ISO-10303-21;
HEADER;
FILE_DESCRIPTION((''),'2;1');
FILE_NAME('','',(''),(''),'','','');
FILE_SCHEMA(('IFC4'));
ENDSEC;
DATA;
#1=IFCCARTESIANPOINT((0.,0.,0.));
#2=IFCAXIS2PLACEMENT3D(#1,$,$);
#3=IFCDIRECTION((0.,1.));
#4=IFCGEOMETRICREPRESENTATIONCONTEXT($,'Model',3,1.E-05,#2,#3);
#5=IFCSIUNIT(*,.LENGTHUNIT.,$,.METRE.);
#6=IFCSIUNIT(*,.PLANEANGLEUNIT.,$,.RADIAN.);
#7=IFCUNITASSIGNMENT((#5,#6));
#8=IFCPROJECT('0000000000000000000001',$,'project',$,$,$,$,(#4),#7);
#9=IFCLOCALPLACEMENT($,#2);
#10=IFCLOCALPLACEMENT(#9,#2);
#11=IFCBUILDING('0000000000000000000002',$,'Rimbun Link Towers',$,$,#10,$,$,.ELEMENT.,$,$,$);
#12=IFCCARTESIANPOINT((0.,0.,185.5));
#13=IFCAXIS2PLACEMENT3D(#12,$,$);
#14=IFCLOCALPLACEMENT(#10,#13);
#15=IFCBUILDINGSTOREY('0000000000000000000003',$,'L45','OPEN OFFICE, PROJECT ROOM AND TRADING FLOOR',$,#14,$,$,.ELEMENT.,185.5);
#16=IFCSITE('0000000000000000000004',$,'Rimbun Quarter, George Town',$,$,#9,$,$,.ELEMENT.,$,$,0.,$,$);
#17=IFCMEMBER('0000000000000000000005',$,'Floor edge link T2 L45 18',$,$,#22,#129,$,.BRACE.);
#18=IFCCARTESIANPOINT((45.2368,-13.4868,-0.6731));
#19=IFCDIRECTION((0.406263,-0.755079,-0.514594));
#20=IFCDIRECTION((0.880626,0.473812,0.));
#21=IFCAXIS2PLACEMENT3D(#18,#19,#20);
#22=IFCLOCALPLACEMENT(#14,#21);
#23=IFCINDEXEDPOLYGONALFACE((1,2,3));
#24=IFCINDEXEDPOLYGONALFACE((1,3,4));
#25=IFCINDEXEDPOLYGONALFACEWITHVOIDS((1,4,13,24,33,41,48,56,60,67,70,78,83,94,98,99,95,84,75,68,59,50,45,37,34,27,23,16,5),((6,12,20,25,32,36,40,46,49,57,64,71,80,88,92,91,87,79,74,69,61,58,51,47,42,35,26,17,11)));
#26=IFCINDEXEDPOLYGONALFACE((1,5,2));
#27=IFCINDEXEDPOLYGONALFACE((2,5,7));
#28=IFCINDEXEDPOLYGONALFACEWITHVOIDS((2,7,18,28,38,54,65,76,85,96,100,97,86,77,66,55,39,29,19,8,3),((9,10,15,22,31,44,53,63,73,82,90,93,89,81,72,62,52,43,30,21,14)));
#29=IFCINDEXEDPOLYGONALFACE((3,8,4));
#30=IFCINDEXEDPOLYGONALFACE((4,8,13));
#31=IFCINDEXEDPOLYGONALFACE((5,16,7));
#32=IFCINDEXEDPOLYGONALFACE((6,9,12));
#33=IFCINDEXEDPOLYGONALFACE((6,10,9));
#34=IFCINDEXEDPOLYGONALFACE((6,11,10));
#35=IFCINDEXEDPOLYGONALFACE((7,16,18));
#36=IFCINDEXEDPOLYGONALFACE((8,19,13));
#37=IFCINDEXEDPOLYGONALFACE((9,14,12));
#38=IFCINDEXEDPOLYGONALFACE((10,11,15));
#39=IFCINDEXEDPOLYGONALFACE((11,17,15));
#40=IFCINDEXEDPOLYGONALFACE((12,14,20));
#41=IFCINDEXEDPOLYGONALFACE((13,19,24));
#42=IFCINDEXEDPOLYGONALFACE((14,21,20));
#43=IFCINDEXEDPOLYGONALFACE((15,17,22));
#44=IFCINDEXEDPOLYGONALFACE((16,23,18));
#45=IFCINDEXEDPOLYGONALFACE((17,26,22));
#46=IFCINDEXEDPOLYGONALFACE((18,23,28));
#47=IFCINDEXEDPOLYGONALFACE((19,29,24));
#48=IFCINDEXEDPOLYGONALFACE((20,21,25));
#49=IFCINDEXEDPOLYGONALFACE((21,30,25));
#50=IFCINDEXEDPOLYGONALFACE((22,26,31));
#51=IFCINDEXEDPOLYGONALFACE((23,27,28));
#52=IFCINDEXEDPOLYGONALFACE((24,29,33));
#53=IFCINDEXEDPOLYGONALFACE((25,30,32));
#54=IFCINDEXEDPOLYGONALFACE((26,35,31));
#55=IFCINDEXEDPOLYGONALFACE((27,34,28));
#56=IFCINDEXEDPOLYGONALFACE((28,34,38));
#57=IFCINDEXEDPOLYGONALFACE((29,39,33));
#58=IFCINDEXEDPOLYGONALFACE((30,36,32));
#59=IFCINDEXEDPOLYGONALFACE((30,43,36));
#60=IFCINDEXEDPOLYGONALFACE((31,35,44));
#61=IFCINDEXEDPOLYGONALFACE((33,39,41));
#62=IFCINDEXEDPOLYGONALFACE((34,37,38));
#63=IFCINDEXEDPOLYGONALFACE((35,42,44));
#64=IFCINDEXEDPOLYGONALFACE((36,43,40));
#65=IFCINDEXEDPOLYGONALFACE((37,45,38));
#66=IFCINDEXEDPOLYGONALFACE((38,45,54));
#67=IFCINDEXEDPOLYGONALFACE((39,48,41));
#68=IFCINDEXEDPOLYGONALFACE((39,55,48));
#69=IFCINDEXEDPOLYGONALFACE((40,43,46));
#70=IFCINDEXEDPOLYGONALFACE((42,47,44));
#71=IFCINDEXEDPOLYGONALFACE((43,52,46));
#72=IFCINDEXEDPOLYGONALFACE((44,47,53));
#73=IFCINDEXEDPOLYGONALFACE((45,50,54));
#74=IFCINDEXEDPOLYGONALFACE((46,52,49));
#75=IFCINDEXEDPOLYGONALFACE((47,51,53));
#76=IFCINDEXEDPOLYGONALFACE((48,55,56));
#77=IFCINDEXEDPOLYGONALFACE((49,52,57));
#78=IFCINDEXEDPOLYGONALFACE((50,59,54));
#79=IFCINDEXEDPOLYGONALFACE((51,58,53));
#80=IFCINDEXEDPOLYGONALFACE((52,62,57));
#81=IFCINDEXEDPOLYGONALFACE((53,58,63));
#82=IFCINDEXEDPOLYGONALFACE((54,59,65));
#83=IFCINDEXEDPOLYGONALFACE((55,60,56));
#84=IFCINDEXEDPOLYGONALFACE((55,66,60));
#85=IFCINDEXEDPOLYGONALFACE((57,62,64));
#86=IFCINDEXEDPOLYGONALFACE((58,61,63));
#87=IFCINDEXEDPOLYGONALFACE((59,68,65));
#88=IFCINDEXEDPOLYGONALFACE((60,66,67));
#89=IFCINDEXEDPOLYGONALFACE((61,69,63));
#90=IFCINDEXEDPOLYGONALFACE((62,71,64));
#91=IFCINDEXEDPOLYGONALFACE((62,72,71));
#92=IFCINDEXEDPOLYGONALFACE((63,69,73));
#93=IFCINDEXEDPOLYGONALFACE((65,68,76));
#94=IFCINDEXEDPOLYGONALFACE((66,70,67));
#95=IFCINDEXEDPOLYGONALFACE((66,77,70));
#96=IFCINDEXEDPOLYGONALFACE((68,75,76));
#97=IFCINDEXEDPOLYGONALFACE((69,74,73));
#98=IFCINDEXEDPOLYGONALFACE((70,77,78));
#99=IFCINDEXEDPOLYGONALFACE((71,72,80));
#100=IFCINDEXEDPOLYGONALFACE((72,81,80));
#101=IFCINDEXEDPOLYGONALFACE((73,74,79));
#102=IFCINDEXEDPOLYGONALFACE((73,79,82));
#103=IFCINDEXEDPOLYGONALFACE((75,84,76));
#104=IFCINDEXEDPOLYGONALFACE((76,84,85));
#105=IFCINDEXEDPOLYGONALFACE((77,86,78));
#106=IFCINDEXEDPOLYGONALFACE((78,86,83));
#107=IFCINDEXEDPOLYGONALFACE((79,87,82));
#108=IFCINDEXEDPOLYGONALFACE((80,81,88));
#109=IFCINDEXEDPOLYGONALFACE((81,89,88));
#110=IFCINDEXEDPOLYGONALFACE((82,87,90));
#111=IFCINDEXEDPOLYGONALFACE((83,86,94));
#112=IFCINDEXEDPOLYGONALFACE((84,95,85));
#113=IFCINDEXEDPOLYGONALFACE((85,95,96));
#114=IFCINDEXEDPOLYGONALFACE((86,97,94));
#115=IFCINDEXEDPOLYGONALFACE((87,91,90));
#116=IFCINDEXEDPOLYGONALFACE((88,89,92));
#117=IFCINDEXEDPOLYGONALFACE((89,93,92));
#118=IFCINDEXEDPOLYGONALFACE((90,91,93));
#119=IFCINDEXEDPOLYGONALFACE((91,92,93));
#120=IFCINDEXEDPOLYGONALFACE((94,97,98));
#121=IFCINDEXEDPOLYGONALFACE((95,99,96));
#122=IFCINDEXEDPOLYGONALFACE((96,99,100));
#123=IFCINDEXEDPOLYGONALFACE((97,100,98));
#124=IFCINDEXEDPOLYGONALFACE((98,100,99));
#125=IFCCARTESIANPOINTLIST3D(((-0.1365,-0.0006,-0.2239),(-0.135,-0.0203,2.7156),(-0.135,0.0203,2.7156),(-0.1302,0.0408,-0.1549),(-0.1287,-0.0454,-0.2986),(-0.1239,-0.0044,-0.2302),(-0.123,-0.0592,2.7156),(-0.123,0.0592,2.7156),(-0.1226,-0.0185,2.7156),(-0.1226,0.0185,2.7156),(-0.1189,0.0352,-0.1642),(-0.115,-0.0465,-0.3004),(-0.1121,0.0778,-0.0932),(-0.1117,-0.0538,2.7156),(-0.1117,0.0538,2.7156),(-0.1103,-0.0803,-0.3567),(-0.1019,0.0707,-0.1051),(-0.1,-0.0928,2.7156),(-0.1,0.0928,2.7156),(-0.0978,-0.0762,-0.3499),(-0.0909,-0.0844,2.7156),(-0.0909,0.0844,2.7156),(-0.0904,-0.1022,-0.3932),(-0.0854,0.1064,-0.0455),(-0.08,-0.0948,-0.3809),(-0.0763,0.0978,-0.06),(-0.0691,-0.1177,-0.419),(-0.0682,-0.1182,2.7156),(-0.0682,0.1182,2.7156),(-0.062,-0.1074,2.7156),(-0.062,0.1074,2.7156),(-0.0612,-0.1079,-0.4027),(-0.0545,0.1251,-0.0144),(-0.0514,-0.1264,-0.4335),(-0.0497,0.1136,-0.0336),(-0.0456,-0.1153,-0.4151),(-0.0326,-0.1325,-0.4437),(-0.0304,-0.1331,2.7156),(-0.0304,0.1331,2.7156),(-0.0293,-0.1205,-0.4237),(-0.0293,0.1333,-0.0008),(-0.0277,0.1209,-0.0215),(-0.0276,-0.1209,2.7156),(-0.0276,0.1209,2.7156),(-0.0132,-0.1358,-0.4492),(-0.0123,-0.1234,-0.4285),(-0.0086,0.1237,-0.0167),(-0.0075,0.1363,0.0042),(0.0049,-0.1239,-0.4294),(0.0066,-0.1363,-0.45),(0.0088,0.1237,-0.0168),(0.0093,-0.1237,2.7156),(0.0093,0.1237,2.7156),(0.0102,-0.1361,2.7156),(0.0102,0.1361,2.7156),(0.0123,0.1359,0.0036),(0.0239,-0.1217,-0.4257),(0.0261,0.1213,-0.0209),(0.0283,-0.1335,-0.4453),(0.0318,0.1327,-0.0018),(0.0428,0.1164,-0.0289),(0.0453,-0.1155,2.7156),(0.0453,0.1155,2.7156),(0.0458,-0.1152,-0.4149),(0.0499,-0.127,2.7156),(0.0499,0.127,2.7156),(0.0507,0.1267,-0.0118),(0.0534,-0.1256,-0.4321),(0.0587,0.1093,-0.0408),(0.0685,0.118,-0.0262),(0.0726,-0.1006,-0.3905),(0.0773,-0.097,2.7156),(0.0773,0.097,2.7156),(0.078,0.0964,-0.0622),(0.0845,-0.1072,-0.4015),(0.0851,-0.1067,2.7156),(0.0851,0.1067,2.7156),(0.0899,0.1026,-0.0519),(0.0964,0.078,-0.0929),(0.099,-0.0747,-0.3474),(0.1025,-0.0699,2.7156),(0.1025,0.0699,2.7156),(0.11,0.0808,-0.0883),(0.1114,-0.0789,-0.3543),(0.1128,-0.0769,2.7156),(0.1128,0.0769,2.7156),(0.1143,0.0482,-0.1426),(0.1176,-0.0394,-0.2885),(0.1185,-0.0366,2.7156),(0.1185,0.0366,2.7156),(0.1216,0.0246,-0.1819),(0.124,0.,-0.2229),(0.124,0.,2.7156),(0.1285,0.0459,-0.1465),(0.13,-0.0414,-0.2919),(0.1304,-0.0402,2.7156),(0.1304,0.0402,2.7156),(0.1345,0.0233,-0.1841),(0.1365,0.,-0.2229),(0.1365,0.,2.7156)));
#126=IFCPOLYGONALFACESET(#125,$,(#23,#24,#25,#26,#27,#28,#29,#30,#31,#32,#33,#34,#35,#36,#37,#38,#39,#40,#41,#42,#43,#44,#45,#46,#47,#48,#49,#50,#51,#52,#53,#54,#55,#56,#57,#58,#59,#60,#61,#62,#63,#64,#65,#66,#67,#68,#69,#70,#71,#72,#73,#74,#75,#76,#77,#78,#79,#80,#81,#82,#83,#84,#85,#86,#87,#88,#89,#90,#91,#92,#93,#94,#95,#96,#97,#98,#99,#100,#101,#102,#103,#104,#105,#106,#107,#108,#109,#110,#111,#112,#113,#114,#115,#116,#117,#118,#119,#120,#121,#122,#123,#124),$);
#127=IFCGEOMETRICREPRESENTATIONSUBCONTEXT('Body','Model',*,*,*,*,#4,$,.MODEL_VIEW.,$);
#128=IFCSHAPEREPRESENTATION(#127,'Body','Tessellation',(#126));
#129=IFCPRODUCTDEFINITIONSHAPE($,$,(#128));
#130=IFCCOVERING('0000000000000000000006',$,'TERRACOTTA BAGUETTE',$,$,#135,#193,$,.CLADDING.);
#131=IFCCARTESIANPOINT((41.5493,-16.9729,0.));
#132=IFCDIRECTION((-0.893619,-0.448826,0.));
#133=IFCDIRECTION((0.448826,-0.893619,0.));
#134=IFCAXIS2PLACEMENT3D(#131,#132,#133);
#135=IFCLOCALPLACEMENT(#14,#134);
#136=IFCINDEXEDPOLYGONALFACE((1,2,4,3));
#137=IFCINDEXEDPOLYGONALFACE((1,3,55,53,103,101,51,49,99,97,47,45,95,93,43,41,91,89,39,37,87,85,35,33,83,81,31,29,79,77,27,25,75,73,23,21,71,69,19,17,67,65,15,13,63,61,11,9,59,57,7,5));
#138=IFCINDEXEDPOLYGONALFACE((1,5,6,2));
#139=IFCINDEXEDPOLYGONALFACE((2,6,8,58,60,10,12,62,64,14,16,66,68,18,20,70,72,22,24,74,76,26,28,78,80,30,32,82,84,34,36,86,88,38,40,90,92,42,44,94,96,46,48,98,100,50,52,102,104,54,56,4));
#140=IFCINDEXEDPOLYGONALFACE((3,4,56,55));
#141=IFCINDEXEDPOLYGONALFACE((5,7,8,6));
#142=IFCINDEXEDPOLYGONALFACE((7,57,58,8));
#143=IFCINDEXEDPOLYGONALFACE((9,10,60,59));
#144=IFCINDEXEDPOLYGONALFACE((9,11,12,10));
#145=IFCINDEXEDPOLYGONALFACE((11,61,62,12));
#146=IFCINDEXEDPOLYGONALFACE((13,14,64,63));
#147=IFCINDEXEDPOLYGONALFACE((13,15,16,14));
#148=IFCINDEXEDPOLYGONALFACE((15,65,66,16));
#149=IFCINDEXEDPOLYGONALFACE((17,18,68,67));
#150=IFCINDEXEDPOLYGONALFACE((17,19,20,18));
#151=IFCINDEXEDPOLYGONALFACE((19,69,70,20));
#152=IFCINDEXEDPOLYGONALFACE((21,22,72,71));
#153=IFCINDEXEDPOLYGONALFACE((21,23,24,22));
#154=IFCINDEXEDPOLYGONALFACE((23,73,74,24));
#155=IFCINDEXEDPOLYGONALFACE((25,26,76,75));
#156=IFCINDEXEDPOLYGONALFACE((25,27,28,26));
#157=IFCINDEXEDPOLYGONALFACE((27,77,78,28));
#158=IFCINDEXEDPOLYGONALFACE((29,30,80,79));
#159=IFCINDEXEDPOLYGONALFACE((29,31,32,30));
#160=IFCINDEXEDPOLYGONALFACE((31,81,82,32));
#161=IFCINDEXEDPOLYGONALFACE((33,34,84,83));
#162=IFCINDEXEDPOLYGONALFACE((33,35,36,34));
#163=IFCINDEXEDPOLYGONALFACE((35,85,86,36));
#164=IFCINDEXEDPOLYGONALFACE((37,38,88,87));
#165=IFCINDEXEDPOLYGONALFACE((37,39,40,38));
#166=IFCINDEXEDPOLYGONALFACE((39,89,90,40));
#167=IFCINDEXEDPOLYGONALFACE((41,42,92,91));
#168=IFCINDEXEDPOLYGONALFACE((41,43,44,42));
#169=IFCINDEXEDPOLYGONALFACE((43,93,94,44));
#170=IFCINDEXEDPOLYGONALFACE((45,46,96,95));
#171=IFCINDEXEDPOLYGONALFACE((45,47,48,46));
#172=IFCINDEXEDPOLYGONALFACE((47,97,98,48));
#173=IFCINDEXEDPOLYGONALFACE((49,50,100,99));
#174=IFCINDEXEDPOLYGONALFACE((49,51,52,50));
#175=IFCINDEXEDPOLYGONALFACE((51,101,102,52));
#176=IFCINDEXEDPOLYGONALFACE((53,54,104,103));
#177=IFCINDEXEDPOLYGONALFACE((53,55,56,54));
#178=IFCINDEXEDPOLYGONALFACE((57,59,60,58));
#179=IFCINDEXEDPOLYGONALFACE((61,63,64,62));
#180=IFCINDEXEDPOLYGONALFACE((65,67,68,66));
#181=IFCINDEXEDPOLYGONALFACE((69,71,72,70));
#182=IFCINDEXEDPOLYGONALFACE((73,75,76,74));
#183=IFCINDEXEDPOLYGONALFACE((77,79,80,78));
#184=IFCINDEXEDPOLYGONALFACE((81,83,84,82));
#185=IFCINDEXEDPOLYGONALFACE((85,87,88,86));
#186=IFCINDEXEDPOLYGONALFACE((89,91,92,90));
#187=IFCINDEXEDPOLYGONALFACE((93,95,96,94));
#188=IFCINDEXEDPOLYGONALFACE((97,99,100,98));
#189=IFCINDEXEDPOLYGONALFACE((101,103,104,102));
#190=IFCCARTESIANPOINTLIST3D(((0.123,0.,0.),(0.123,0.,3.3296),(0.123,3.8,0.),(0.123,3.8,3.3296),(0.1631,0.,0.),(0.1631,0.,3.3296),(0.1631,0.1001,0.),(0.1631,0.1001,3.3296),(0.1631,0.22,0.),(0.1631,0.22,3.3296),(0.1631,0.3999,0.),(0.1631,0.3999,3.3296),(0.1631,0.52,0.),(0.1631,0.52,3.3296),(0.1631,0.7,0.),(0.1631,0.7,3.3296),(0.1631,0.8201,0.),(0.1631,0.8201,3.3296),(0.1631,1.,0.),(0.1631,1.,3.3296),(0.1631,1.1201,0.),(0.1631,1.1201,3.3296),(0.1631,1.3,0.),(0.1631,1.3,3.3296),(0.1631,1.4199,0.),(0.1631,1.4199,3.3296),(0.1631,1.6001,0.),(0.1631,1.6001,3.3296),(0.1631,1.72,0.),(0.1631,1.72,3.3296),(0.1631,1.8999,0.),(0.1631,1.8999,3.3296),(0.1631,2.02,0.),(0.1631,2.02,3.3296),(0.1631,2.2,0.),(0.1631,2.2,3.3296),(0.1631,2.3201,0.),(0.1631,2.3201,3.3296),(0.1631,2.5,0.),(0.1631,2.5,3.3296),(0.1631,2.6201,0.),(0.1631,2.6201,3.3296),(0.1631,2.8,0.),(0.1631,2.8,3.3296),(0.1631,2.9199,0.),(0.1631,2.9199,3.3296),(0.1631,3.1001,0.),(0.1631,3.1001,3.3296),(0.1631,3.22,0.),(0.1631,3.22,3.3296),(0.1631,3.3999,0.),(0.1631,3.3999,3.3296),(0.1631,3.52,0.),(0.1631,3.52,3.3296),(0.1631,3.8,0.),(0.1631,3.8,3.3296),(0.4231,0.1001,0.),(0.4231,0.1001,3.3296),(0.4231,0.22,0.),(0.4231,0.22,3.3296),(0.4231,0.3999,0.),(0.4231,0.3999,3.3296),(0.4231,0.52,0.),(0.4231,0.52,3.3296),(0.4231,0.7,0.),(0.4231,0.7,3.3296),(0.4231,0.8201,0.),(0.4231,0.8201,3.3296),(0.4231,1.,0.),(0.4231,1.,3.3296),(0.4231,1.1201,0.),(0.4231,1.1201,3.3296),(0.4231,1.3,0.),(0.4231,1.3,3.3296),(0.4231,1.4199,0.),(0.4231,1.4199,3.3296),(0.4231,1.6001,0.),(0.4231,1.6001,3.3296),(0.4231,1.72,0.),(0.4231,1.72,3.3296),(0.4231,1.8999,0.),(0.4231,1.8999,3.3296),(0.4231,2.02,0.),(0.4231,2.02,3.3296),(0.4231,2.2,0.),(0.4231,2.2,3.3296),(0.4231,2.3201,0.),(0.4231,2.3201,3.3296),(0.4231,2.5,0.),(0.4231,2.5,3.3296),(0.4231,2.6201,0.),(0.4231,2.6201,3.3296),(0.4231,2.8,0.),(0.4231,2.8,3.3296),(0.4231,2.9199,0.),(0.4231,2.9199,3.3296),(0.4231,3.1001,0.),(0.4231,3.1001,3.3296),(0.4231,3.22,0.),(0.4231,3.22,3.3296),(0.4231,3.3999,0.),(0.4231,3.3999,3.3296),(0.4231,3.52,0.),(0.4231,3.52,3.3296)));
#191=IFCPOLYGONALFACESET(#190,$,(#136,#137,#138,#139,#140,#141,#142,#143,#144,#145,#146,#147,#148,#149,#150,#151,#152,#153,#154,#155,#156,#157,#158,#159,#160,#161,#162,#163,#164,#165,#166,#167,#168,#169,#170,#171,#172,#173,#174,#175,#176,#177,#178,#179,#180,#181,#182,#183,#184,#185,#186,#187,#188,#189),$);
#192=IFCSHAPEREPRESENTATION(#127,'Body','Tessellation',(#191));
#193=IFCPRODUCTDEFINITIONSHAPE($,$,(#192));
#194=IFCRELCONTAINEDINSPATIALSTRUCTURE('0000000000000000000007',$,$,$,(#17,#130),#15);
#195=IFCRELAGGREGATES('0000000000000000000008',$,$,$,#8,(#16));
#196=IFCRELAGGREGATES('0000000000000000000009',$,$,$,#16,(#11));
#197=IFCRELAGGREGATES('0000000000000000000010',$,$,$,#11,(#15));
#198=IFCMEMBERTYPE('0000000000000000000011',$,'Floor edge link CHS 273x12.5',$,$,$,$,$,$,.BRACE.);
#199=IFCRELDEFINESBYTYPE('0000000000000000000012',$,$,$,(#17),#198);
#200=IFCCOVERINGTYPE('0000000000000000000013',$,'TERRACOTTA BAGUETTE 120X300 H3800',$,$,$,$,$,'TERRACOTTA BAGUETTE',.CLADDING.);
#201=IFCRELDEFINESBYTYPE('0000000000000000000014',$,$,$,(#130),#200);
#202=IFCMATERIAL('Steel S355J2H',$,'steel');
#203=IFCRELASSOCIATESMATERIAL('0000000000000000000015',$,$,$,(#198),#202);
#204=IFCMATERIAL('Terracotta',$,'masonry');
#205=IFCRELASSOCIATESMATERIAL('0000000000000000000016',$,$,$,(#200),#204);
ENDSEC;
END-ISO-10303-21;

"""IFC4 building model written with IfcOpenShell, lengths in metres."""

from ifc_helpers import new_model, si_unit, direction, frame, origin, origin_2d, place, context, subcontext, project, spatial, polyline, hollow_circle, outline, extrude, clip, halfspace, material, material_profile, profile_set, type_object, element, save


model = new_model("IFC4")

# Units and contexts
model_context = context("Model", 3, precision=1e-05, world=origin(), true_north=direction((0.0, 1.0)))
body_context = subcontext(model_context, "Body", "Model", "MODEL_VIEW")
ifc_project = project(units=[si_unit("LENGTHUNIT", "METRE"), si_unit("PLANEANGLEUNIT", "RADIAN")], contexts=[model_context])

# Site, building, storey
site_placement = place(None, origin())
site = spatial("IfcSite", under=ifc_project, at=site_placement, Name="Rimbun Quarter, George Town", CompositionType="ELEMENT", RefElevation=0.0)
building_placement = place(site_placement, origin())
building = spatial("IfcBuilding", under=site, at=building_placement, Name="Rimbun Link Towers", CompositionType="ELEMENT")
storey_placement = place(building_placement, frame((0.0, 0.0, 185.5)))
storey = spatial("IfcBuildingStorey", under=building, at=storey_placement, Name="L45", Description="OPEN OFFICE, PROJECT ROOM AND TRADING FLOOR", CompositionType="ELEMENT", Elevation=185.5)

# Member
ifc_material_1 = material(Name="Steel S355J2H", Category="steel")
ifc_material_profile_1 = material_profile(ifc_material_1, hollow_circle(Radius=0.1365, WallThickness=0.0125, at=origin_2d()), Name="CHS 273x12.5")
ifc_profile_set_1 = profile_set([ifc_material_profile_1], Name="Steel S355J2H")
member_type_1 = type_object("IfcMemberType", Name="Floor edge link CHS 273x12.5", PredefinedType="BRACE", material=ifc_profile_set_1)
member_1_placement = place(storey_placement, frame((45.2368, -13.4868, -0.6731), z_axis=(0.406263, -0.755079, -0.514594), x_axis=(0.880626, 0.473812, 0.0)))
element("IfcMember", 1, at=member_1_placement, inside=storey, type_object=member_type_1, Name="Floor edge link T2 L45 18", PredefinedType="BRACE", context=body_context, shape_type="Clipping", body=[
    clip(extrude(hollow_circle(Radius=0.1365, WallThickness=0.0125, at=origin_2d()), frame((0.0, 0.0, -0.4744)), (0.0, 0.0, 1.0), 3.1899), halfspace(frame((0.0, 0.0, -0.2229), z_axis=(0.0, 0.857434, -0.514594)), False)),
])

# Covering
ifc_material_2 = material(Name="Terracotta", Category="masonry")
ifc_material_profile_2 = material_profile(ifc_material_2, outline(polyline([(0.123, 0.0), (0.1631, 0.0), (0.1631, 0.1001), (0.4231, 0.1001), (0.4231, 0.22), (0.1631, 0.22), (0.1631, 0.3999), (0.4231, 0.3999), (0.4231, 0.52), (0.1631, 0.52), (0.1631, 0.7), (0.4231, 0.7), (0.4231, 0.8201), (0.1631, 0.8201), (0.1631, 1.0), (0.4231, 1.0), (0.4231, 1.1201), (0.1631, 1.1201), (0.1631, 1.3), (0.4231, 1.3), (0.4231, 1.4199), (0.1631, 1.4199), (0.1631, 1.6001), (0.4231, 1.6001), (0.4231, 1.72), (0.1631, 1.72), (0.1631, 1.8999), (0.4231, 1.8999), (0.4231, 2.02), (0.1631, 2.02), (0.1631, 2.2), (0.4231, 2.2), (0.4231, 2.3201), (0.1631, 2.3201), (0.1631, 2.5), (0.4231, 2.5), (0.4231, 2.6201), (0.1631, 2.6201), (0.1631, 2.8), (0.4231, 2.8), (0.4231, 2.9199), (0.1631, 2.9199), (0.1631, 3.1001), (0.4231, 3.1001), (0.4231, 3.22), (0.1631, 3.22), (0.1631, 3.3999), (0.4231, 3.3999), (0.4231, 3.52), (0.1631, 3.52), (0.1631, 3.8), (0.123, 3.8), (0.123, 0.0)])), Name="BAGUETTE 120X300")
ifc_profile_set_2 = profile_set([ifc_material_profile_2], Name="Terracotta")
covering_type = type_object("IfcCoveringType", Name="TERRACOTTA BAGUETTE 120X300 H3800", ElementType="TERRACOTTA BAGUETTE", PredefinedType="CLADDING", material=ifc_profile_set_2)
covering_1_placement = place(storey_placement, frame((41.5493, -16.9729, 0.0), z_axis=(-0.893619, -0.448826, 0.0), x_axis=(0.448826, -0.893619, 0.0)))
element("IfcCovering", 2, at=covering_1_placement, inside=storey, type_object=covering_type, Name="TERRACOTTA BAGUETTE", PredefinedType="CLADDING", context=body_context, shape_type="SweptSolid", body=[
    extrude(outline(polyline([(0.123, 0.0), (0.1631, 0.0), (0.1631, 0.1001), (0.4231, 0.1001), (0.4231, 0.22), (0.1631, 0.22), (0.1631, 0.3999), (0.4231, 0.3999), (0.4231, 0.52), (0.1631, 0.52), (0.1631, 0.7), (0.4231, 0.7), (0.4231, 0.8201), (0.1631, 0.8201), (0.1631, 1.0), (0.4231, 1.0), (0.4231, 1.1201), (0.1631, 1.1201), (0.1631, 1.3), (0.4231, 1.3), (0.4231, 1.4199), (0.1631, 1.4199), (0.1631, 1.6001), (0.4231, 1.6001), (0.4231, 1.72), (0.1631, 1.72), (0.1631, 1.8999), (0.4231, 1.8999), (0.4231, 2.02), (0.1631, 2.02), (0.1631, 2.2), (0.4231, 2.2), (0.4231, 2.3201), (0.1631, 2.3201), (0.1631, 2.5), (0.4231, 2.5), (0.4231, 2.6201), (0.1631, 2.6201), (0.1631, 2.8), (0.4231, 2.8), (0.4231, 2.9199), (0.1631, 2.9199), (0.1631, 3.1001), (0.4231, 3.1001), (0.4231, 3.22), (0.1631, 3.22), (0.1631, 3.3999), (0.4231, 3.3999), (0.4231, 3.52), (0.1631, 3.52), (0.1631, 3.8), (0.123, 3.8), (0.123, 0.0)])), origin(), (0.0, 0.0, 1.0), 3.3296),
])

save(model, "model.ifc")
